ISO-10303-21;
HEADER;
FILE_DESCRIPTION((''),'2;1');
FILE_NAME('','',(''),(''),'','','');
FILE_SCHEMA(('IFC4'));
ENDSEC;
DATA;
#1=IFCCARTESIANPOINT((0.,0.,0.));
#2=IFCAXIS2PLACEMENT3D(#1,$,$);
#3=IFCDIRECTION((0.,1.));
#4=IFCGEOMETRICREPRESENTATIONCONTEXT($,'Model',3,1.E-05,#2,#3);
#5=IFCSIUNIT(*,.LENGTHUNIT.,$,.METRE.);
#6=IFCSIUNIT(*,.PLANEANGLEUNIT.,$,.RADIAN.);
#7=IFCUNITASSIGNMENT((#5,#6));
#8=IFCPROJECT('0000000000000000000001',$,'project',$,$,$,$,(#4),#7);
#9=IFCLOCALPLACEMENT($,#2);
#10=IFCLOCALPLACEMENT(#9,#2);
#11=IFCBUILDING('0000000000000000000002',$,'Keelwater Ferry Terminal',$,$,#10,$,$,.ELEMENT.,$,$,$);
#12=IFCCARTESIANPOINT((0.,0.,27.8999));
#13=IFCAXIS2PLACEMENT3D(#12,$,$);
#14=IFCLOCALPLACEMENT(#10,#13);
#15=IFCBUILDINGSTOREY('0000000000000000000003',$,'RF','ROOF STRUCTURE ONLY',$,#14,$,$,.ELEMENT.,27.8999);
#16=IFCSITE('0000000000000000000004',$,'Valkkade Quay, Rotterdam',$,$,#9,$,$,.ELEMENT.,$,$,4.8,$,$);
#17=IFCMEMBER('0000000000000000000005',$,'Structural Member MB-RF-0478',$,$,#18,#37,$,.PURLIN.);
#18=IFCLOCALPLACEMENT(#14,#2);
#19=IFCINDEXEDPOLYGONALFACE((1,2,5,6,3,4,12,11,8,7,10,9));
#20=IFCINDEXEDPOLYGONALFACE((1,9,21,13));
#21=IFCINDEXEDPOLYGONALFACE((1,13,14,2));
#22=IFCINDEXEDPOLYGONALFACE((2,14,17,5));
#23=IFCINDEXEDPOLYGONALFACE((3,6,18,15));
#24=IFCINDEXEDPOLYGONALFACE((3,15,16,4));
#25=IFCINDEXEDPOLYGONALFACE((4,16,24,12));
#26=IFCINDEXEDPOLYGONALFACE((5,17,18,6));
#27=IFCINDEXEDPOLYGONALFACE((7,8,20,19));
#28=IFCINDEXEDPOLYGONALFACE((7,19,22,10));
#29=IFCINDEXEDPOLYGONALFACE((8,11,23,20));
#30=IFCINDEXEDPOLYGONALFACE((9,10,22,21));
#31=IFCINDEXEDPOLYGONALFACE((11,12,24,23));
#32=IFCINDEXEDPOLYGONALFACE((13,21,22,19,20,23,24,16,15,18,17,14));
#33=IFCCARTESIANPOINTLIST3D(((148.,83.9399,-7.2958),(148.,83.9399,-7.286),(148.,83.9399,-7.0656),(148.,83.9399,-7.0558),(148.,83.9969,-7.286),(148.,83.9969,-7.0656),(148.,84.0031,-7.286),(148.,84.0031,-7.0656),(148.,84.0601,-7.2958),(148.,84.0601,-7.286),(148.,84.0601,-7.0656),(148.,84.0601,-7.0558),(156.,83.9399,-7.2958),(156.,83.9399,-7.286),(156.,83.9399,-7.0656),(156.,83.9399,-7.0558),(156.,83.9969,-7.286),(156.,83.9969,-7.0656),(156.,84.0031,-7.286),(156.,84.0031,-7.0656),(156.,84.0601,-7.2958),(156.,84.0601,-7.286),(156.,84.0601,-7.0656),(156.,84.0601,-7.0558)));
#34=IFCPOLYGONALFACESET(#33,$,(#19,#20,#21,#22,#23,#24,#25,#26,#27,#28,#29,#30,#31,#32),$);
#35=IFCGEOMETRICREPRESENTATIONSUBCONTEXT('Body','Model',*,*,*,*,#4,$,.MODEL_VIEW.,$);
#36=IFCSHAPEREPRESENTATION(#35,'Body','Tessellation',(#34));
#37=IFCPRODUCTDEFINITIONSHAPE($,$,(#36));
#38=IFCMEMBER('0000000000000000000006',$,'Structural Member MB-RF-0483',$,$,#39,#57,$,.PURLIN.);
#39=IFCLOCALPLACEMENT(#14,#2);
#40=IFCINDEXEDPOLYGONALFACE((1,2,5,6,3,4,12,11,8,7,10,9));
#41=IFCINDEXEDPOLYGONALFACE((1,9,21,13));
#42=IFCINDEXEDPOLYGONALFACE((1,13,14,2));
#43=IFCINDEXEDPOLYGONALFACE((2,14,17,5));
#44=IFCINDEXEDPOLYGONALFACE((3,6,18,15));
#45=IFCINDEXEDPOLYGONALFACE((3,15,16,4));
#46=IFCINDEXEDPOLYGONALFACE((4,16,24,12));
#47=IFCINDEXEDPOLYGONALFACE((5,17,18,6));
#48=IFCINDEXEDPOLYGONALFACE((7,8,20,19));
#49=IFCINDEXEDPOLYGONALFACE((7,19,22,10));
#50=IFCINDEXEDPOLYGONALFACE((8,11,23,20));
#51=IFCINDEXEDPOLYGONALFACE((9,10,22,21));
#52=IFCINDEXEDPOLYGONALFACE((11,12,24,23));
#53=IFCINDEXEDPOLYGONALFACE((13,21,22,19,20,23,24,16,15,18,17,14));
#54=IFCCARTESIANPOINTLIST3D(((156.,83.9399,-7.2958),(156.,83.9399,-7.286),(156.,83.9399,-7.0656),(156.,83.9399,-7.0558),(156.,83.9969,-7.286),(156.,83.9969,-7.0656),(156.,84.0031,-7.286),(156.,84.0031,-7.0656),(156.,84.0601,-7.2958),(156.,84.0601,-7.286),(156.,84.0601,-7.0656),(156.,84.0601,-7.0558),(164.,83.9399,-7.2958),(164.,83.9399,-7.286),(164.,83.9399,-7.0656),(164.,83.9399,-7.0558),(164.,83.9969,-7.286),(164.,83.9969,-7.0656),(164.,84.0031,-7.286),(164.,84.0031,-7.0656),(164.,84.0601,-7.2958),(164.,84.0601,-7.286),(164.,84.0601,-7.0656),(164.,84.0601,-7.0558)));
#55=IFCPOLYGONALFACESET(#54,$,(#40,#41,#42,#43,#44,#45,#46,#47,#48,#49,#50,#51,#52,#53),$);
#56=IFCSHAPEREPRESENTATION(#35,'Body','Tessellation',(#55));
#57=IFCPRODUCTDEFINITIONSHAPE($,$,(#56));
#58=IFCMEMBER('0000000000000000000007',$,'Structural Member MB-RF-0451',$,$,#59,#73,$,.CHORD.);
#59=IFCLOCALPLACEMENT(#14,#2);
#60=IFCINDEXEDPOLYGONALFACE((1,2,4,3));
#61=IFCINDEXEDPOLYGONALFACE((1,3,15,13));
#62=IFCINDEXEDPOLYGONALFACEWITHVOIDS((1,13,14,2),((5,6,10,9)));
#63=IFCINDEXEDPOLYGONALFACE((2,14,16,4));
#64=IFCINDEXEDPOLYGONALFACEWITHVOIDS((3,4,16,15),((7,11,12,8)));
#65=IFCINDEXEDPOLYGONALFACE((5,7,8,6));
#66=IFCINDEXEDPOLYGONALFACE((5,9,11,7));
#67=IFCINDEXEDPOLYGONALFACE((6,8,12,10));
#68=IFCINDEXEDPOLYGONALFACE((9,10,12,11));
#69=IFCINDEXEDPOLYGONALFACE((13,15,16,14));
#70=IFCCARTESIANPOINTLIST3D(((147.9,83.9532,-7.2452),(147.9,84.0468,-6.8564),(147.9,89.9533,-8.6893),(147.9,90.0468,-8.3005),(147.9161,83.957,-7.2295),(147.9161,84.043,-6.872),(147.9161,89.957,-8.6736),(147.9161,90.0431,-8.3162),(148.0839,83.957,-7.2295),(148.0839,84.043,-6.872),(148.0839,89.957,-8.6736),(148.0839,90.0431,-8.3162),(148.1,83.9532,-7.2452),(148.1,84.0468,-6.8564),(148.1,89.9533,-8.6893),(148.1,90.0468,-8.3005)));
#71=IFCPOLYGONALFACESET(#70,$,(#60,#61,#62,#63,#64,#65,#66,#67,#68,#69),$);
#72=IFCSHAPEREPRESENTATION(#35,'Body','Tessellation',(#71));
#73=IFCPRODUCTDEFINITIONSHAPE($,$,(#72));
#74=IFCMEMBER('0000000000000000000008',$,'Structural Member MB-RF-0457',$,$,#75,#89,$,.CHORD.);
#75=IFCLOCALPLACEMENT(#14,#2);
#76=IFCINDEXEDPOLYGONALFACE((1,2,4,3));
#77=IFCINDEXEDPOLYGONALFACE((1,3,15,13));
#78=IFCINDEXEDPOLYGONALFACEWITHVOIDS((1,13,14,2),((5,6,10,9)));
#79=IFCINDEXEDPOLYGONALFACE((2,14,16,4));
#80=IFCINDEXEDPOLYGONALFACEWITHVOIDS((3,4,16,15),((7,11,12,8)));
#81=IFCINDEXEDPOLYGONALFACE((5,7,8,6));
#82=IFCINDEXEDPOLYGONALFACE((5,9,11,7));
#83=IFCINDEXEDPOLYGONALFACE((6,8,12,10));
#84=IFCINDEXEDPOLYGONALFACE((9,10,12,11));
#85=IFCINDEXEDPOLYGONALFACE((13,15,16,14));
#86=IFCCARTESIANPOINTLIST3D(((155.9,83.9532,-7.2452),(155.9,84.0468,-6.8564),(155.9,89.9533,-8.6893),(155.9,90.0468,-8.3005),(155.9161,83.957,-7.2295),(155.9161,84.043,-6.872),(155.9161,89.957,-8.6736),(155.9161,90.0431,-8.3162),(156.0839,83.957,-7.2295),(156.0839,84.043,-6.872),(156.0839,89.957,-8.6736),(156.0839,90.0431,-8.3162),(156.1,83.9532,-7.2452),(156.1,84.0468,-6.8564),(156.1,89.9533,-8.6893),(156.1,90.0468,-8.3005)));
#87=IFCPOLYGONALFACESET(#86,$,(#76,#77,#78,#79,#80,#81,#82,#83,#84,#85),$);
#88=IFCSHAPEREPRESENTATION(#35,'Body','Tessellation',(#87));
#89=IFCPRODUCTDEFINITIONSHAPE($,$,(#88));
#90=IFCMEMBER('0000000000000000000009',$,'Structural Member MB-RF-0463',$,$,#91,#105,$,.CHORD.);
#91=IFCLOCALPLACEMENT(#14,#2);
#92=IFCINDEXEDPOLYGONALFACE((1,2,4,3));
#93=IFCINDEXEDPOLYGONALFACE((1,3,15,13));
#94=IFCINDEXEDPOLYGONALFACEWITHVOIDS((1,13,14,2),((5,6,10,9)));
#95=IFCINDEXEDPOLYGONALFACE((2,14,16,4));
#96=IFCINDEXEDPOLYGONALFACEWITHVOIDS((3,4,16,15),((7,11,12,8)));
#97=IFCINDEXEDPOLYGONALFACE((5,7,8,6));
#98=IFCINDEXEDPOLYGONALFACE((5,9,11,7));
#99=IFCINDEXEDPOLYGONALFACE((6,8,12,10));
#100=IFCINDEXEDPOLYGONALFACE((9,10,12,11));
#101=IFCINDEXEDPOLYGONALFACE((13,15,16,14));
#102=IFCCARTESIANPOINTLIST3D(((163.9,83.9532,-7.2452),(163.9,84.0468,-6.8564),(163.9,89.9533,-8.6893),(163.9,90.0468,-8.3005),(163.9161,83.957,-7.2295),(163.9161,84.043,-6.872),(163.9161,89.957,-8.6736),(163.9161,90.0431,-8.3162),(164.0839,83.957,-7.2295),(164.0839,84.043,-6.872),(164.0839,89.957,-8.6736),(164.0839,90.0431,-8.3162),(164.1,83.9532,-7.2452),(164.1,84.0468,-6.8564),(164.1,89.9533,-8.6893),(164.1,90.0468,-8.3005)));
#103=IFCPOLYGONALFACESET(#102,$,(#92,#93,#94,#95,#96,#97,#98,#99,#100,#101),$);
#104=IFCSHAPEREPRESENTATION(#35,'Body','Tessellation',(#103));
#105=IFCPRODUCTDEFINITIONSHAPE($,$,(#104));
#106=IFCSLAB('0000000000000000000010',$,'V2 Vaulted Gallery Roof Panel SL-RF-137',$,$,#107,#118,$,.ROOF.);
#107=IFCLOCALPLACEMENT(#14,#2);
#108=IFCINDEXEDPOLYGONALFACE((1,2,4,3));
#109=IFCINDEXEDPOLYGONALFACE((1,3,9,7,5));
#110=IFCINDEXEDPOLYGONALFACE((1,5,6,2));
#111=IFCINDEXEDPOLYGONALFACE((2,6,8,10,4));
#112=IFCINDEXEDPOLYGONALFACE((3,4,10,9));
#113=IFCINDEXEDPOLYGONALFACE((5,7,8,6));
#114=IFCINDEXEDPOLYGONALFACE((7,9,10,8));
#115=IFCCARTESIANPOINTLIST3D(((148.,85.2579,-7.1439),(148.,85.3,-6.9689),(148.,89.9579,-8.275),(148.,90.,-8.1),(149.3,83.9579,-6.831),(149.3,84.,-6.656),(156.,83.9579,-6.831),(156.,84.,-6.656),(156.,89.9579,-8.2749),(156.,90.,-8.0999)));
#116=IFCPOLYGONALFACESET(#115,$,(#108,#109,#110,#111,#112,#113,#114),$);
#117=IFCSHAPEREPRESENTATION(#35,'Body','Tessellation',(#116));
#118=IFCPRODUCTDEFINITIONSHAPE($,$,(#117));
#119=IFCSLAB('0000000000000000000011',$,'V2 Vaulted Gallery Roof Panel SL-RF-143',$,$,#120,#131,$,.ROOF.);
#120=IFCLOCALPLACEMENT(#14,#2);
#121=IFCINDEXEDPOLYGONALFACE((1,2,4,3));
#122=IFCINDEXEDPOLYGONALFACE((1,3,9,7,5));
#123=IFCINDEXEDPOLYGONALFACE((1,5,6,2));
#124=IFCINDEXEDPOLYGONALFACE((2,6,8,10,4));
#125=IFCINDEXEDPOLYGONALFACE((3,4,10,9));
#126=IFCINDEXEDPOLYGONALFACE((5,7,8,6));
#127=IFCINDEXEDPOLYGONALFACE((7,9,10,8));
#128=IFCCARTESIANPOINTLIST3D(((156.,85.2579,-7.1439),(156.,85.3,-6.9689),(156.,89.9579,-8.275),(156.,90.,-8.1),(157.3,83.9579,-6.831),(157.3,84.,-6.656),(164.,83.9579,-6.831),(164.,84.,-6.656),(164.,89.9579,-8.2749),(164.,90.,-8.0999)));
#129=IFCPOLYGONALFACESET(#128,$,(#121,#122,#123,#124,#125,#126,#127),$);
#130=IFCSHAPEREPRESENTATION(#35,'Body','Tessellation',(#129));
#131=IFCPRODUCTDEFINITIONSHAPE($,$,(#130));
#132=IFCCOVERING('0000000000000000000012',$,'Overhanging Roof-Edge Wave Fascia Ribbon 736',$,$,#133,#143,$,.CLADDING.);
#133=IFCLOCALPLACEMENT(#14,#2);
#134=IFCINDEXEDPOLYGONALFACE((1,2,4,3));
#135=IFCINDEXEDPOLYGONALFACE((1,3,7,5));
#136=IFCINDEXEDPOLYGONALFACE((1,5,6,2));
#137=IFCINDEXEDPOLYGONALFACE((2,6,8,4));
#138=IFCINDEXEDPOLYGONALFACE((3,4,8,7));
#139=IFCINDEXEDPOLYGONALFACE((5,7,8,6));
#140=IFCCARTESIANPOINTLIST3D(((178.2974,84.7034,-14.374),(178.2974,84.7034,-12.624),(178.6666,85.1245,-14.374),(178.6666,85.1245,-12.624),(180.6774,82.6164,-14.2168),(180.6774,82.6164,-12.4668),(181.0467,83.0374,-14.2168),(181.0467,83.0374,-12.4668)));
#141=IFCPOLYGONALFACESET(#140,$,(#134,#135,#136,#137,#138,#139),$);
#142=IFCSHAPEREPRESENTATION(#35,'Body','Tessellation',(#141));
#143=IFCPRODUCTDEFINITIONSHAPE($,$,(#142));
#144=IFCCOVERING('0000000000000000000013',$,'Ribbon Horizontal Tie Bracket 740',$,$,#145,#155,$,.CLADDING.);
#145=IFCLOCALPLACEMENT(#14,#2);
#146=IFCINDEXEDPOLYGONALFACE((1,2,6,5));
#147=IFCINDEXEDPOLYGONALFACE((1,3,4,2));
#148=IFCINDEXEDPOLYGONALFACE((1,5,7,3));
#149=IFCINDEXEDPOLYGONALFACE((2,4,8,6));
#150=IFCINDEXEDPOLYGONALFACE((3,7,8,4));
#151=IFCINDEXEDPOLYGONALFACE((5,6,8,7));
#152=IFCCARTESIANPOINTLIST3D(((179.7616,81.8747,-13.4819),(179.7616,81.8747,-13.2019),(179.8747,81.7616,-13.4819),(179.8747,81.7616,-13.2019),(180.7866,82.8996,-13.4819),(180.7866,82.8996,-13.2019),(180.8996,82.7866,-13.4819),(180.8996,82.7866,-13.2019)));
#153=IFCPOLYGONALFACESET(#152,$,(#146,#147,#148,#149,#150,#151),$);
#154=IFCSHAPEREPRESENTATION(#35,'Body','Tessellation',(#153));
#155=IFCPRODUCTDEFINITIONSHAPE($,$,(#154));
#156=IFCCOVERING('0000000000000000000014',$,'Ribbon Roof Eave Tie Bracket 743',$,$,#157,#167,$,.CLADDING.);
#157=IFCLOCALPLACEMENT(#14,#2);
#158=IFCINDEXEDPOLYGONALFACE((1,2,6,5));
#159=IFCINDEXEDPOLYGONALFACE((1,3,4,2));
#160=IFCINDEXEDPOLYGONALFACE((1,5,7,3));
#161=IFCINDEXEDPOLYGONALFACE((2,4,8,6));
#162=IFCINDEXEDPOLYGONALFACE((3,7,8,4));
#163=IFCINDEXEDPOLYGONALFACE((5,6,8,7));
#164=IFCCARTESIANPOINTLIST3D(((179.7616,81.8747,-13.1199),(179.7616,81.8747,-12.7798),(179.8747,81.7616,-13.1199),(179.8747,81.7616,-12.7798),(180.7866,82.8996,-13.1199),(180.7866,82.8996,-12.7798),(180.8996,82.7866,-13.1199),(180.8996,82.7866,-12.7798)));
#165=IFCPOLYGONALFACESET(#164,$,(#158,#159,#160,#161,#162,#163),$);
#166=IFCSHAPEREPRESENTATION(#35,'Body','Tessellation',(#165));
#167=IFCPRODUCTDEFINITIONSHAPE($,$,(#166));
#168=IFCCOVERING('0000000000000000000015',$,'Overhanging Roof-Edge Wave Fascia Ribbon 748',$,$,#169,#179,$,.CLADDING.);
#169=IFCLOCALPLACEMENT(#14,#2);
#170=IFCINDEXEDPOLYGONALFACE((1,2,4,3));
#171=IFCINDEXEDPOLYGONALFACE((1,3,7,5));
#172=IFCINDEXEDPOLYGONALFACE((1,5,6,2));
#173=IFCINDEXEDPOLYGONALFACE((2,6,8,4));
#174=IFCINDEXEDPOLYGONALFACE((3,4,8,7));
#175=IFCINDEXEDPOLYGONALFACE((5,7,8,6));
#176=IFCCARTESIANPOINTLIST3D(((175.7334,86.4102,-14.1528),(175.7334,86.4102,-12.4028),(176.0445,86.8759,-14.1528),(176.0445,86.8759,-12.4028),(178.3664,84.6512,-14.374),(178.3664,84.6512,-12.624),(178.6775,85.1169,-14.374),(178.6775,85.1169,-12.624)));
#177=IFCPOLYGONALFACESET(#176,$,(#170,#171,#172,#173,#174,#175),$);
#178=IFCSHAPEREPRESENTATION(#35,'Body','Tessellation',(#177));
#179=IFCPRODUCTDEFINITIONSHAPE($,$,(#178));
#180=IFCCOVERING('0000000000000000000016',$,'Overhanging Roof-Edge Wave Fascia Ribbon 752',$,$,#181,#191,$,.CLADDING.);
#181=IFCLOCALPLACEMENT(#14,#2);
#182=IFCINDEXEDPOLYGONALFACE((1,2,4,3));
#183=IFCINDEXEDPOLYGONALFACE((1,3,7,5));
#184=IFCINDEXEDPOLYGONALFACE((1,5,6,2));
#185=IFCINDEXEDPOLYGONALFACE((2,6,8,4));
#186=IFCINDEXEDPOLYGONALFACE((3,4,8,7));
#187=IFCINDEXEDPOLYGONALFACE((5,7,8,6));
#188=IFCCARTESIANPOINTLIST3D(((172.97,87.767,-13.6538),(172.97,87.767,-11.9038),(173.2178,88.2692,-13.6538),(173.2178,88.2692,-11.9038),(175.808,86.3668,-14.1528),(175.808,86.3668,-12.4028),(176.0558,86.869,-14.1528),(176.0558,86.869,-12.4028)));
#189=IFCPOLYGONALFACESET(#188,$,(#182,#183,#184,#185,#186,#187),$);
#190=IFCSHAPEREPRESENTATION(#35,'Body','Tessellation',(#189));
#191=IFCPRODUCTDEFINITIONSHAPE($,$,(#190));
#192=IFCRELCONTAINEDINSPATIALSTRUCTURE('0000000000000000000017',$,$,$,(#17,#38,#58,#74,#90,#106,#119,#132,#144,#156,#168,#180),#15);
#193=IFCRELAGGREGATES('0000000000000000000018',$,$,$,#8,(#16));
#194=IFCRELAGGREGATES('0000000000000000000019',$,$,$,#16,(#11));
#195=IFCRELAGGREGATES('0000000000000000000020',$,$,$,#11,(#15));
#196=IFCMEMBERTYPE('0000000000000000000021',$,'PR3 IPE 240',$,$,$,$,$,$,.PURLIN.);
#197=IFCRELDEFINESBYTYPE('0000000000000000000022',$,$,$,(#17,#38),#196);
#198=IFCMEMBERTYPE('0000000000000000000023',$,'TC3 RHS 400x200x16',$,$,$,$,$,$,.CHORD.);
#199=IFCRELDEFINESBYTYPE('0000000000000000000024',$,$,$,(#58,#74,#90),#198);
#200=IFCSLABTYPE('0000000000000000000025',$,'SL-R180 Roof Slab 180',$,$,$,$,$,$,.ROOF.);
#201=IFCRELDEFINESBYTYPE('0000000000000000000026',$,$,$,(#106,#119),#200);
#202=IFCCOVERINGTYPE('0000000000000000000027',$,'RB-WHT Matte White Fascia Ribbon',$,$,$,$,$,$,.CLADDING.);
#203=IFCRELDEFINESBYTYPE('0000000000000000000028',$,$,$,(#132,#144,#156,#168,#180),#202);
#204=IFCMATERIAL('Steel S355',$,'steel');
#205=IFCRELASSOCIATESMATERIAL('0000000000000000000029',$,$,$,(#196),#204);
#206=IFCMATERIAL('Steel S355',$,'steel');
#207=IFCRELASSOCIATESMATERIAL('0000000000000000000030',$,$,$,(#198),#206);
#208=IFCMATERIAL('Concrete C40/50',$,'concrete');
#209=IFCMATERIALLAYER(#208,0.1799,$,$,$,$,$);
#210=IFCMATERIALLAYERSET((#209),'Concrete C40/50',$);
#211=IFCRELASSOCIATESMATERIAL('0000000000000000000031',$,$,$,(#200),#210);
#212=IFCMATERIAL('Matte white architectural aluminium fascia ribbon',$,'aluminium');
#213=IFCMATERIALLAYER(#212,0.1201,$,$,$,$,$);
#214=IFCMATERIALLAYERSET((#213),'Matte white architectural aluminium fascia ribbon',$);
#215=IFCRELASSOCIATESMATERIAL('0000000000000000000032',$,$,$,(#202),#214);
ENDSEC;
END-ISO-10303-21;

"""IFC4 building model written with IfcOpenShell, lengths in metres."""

from ifc_helpers import new_model, si_unit, direction, frame, frame_2d, origin, origin_with_axes, origin_2d, place, context, subcontext, project, spatial, polyline, rectangle, hollow_rectangle, i_section, outline, extrude, material, layer, layer_set, material_profile, profile_set, type_object, element, save


model = new_model("IFC4")

# Units and contexts
model_context = context("Model", 3, precision=1e-05, world=origin(), true_north=direction((0.0, 1.0)))
body_context = subcontext(model_context, "Body", "Model", "MODEL_VIEW")
ifc_project = project(units=[si_unit("LENGTHUNIT", "METRE"), si_unit("PLANEANGLEUNIT", "RADIAN")], contexts=[model_context])

# Site, building, storey
site_placement = place(None, origin())
site = spatial("IfcSite", under=ifc_project, at=site_placement, Name="Valkkade Quay, Rotterdam", CompositionType="ELEMENT", RefElevation=4.8)
building_placement = place(site_placement, origin())
building = spatial("IfcBuilding", under=site, at=building_placement, Name="Keelwater Ferry Terminal", CompositionType="ELEMENT")
storey_placement = place(building_placement, frame((0.0, 0.0, 27.8999)))
storey = spatial("IfcBuildingStorey", under=building, at=storey_placement, Name="RF", Description="ROOF STRUCTURE ONLY", CompositionType="ELEMENT", Elevation=27.8999)

# Members
ifc_material_1 = material(Name="Steel S355", Category="steel")
ifc_material_profile_1 = material_profile(ifc_material_1, i_section(OverallWidth=0.1201, OverallDepth=0.24, WebThickness=0.0061, FlangeThickness=0.0098, at=origin_2d()), Name="IPE 240")
ifc_profile_set_1 = profile_set([ifc_material_profile_1], Name="Steel S355")
member_type_1 = type_object("IfcMemberType", Name="PR3 IPE 240", PredefinedType="PURLIN", material=ifc_profile_set_1)
for number, where, z_axis, x_axis, name in (
    (1, (148.0, 84.0, -7.1758), (1.0, 0.0, 0.0), (0.0, 1.0, 0.0), "Structural Member MB-RF-0478"),
    (2, (156.0, 84.0, -7.1758), (1.0, 0.0, 0.0), (0.0, 1.0, 0.0), "Structural Member MB-RF-0483"),
):
    element("IfcMember", number, at=place(storey_placement, frame(where, z_axis=z_axis, x_axis=x_axis)), inside=storey, type_object=member_type_1, Name=name, PredefinedType="PURLIN", context=body_context, shape_type="SweptSolid", body=[
        extrude(i_section(OverallWidth=0.1201, OverallDepth=0.24, WebThickness=0.0061, FlangeThickness=0.0098, at=origin_2d()), origin(), (0.0, 0.0, 1.0), 8.0),
    ])
ifc_material_2 = material(Name="Steel S355", Category="steel")
ifc_material_profile_2 = material_profile(ifc_material_2, hollow_rectangle(XDim=0.2, YDim=0.3999, WallThickness=0.0161, at=origin_2d()), Name="RHS 400x200x16")
ifc_profile_set_2 = profile_set([ifc_material_profile_2], Name="Steel S355")
member_type_2 = type_object("IfcMemberType", Name="TC3 RHS 400x200x16", PredefinedType="CHORD", material=ifc_profile_set_2)
for number, where, z_axis, x_axis, name in (
    (3, (148.0, 84.0, -7.0508), (0.0, 0.972237, -0.234), (-1.0, 0.0, 0.0), "Structural Member MB-RF-0451"),
    (4, (156.0, 84.0, -7.0508), (0.0, 0.972237, -0.234), (-1.0, 0.0, 0.0), "Structural Member MB-RF-0457"),
    (5, (164.0, 84.0, -7.0508), (0.0, 0.972237, -0.234), (-1.0, 0.0, 0.0), "Structural Member MB-RF-0463"),
):
    element("IfcMember", number, at=place(storey_placement, frame(where, z_axis=z_axis, x_axis=x_axis)), inside=storey, type_object=member_type_2, Name=name, PredefinedType="CHORD", context=body_context, shape_type="SweptSolid", body=[
        extrude(hollow_rectangle(XDim=0.2, YDim=0.3999, WallThickness=0.0161, at=origin_2d()), origin(), (0.0, 0.0, 1.0), 6.1714),
    ])

# Slabs
ifc_material_3 = material(Name="Concrete C40/50", Category="concrete")
ifc_layer_1 = layer(ifc_material_3, 0.1799)
ifc_layer_set_1 = layer_set([ifc_layer_1], Name="Concrete C40/50")
slab_type = type_object("IfcSlabType", Name="SL-R180 Roof Slab 180", PredefinedType="ROOF", material=ifc_layer_set_1)
for number, where, z_axis, x_axis, name in (
    (6, (149.3, 83.9579, -6.831), (-0.000006, 0.233982, 0.972241), (1.0, 0.000001, 0.000006), "V2 Vaulted Gallery Roof Panel SL-RF-137"),
    (7, (157.3, 83.9579, -6.831), (-0.000006, 0.233982, 0.972241), (1.0, 0.000001, 0.000006), "V2 Vaulted Gallery Roof Panel SL-RF-143"),
):
    element("IfcSlab", number, at=place(storey_placement, frame(where, z_axis=z_axis, x_axis=x_axis)), inside=storey, type_object=slab_type, Name=name, PredefinedType="ROOF", context=body_context, shape_type="SweptSolid", body=[
        extrude(outline(polyline([(0.0, 0.0), (6.7, 0.0), (6.7, 6.1713), (-1.3, 6.1713), (-1.3, 1.3371), (0.0, 0.0)])), origin_with_axes(), (0.0, 0.0, 1.0), 0.18),
    ])

# Coverings
ifc_material_4 = material(Name="Matte white architectural aluminium fascia ribbon", Category="aluminium")
ifc_layer_2 = layer(ifc_material_4, 0.1201)
ifc_layer_set_2 = layer_set([ifc_layer_2], Name="Matte white architectural aluminium fascia ribbon")
covering_type = type_object("IfcCoveringType", Name="RB-WHT Matte White Fascia Ribbon", PredefinedType="CLADDING", material=ifc_layer_set_2)
covering_1_placement = place(storey_placement, frame((180.8621, 82.8269, -14.374), z_axis=(0.0, 0.0, 1.0), x_axis=(-0.751864, 0.659318, 0.0)))
element("IfcCovering", 8, at=covering_1_placement, inside=storey, type_object=covering_type, Name="Overhanging Roof-Edge Wave Fascia Ribbon 736", PredefinedType="CLADDING", context=body_context, shape_type="SweptSolid", body=[
    extrude(outline(polyline([(0.0, 0.1572), (3.1655, 0.0), (3.1655, 1.75), (0.0, 1.9072), (0.0, 0.1572)])), frame((0.0, 0.28, 0.0), z_axis=(0.0, -1.0, 0.0), x_axis=(1.0, 0.0, 0.0)), (0.0, 0.0, 1.0), 0.5601),
])
covering_2_placement = place(storey_placement, frame((180.843, 82.843, -13.4819), z_axis=(0.0, 0.0, 1.0), x_axis=(-0.707107, -0.707107, 0.0)))
element("IfcCovering", 9, at=covering_2_placement, inside=storey, type_object=covering_type, Name="Ribbon Horizontal Tie Bracket 740", PredefinedType="CLADDING", context=body_context, shape_type="SweptSolid", body=[
    extrude(rectangle(XDim=1.4495, YDim=0.1599, at=frame_2d((0.7246, 0.0))), origin(), (0.0, 0.0, 1.0), 0.28),
])
covering_3_placement = place(storey_placement, frame((180.843, 82.843, -13.1199), z_axis=(0.0, 0.0, 1.0), x_axis=(-0.707107, -0.707107, 0.0)))
element("IfcCovering", 10, at=covering_3_placement, inside=storey, type_object=covering_type, Name="Ribbon Roof Eave Tie Bracket 743", PredefinedType="CLADDING", context=body_context, shape_type="SweptSolid", body=[
    extrude(rectangle(XDim=1.4495, YDim=0.1599, at=frame_2d((0.7246, 0.0))), origin(), (0.0, 0.0, 1.0), 0.3401),
])
covering_4_placement = place(storey_placement, frame((178.522, 84.884, -14.374), z_axis=(0.0, 0.0, 1.0), x_axis=(-0.831516, 0.555501, 0.0)))
element("IfcCovering", 11, at=covering_4_placement, inside=storey, type_object=covering_type, Name="Overhanging Roof-Edge Wave Fascia Ribbon 748", PredefinedType="CLADDING", context=body_context, shape_type="SweptSolid", body=[
    extrude(outline(polyline([(0.0, 0.0), (3.1665, 0.2212), (3.1665, 1.9712), (0.0, 1.75), (0.0, 0.0)])), frame((0.0, 0.28, 0.0), z_axis=(0.0, -1.0, 0.0), x_axis=(1.0, 0.0, 0.0)), (0.0, 0.0, 1.0), 0.5601),
])
covering_5_placement = place(storey_placement, frame((175.9319, 86.6179, -14.1528), z_axis=(0.0, 0.0, 1.0), x_axis=(-0.896791, 0.442455, 0.0)))
element("IfcCovering", 12, at=covering_5_placement, inside=storey, type_object=covering_type, Name="Overhanging Roof-Edge Wave Fascia Ribbon 752", PredefinedType="CLADDING", context=body_context, shape_type="SweptSolid", body=[
    extrude(outline(polyline([(0.0, 0.0), (3.1646, 0.499), (3.1646, 2.249), (0.0, 1.75), (0.0, 0.0)])), frame((0.0, 0.28, 0.0), z_axis=(0.0, -1.0, 0.0), x_axis=(1.0, 0.0, 0.0)), (0.0, 0.0, 1.0), 0.5601),
])

save(model, "model.ifc")
